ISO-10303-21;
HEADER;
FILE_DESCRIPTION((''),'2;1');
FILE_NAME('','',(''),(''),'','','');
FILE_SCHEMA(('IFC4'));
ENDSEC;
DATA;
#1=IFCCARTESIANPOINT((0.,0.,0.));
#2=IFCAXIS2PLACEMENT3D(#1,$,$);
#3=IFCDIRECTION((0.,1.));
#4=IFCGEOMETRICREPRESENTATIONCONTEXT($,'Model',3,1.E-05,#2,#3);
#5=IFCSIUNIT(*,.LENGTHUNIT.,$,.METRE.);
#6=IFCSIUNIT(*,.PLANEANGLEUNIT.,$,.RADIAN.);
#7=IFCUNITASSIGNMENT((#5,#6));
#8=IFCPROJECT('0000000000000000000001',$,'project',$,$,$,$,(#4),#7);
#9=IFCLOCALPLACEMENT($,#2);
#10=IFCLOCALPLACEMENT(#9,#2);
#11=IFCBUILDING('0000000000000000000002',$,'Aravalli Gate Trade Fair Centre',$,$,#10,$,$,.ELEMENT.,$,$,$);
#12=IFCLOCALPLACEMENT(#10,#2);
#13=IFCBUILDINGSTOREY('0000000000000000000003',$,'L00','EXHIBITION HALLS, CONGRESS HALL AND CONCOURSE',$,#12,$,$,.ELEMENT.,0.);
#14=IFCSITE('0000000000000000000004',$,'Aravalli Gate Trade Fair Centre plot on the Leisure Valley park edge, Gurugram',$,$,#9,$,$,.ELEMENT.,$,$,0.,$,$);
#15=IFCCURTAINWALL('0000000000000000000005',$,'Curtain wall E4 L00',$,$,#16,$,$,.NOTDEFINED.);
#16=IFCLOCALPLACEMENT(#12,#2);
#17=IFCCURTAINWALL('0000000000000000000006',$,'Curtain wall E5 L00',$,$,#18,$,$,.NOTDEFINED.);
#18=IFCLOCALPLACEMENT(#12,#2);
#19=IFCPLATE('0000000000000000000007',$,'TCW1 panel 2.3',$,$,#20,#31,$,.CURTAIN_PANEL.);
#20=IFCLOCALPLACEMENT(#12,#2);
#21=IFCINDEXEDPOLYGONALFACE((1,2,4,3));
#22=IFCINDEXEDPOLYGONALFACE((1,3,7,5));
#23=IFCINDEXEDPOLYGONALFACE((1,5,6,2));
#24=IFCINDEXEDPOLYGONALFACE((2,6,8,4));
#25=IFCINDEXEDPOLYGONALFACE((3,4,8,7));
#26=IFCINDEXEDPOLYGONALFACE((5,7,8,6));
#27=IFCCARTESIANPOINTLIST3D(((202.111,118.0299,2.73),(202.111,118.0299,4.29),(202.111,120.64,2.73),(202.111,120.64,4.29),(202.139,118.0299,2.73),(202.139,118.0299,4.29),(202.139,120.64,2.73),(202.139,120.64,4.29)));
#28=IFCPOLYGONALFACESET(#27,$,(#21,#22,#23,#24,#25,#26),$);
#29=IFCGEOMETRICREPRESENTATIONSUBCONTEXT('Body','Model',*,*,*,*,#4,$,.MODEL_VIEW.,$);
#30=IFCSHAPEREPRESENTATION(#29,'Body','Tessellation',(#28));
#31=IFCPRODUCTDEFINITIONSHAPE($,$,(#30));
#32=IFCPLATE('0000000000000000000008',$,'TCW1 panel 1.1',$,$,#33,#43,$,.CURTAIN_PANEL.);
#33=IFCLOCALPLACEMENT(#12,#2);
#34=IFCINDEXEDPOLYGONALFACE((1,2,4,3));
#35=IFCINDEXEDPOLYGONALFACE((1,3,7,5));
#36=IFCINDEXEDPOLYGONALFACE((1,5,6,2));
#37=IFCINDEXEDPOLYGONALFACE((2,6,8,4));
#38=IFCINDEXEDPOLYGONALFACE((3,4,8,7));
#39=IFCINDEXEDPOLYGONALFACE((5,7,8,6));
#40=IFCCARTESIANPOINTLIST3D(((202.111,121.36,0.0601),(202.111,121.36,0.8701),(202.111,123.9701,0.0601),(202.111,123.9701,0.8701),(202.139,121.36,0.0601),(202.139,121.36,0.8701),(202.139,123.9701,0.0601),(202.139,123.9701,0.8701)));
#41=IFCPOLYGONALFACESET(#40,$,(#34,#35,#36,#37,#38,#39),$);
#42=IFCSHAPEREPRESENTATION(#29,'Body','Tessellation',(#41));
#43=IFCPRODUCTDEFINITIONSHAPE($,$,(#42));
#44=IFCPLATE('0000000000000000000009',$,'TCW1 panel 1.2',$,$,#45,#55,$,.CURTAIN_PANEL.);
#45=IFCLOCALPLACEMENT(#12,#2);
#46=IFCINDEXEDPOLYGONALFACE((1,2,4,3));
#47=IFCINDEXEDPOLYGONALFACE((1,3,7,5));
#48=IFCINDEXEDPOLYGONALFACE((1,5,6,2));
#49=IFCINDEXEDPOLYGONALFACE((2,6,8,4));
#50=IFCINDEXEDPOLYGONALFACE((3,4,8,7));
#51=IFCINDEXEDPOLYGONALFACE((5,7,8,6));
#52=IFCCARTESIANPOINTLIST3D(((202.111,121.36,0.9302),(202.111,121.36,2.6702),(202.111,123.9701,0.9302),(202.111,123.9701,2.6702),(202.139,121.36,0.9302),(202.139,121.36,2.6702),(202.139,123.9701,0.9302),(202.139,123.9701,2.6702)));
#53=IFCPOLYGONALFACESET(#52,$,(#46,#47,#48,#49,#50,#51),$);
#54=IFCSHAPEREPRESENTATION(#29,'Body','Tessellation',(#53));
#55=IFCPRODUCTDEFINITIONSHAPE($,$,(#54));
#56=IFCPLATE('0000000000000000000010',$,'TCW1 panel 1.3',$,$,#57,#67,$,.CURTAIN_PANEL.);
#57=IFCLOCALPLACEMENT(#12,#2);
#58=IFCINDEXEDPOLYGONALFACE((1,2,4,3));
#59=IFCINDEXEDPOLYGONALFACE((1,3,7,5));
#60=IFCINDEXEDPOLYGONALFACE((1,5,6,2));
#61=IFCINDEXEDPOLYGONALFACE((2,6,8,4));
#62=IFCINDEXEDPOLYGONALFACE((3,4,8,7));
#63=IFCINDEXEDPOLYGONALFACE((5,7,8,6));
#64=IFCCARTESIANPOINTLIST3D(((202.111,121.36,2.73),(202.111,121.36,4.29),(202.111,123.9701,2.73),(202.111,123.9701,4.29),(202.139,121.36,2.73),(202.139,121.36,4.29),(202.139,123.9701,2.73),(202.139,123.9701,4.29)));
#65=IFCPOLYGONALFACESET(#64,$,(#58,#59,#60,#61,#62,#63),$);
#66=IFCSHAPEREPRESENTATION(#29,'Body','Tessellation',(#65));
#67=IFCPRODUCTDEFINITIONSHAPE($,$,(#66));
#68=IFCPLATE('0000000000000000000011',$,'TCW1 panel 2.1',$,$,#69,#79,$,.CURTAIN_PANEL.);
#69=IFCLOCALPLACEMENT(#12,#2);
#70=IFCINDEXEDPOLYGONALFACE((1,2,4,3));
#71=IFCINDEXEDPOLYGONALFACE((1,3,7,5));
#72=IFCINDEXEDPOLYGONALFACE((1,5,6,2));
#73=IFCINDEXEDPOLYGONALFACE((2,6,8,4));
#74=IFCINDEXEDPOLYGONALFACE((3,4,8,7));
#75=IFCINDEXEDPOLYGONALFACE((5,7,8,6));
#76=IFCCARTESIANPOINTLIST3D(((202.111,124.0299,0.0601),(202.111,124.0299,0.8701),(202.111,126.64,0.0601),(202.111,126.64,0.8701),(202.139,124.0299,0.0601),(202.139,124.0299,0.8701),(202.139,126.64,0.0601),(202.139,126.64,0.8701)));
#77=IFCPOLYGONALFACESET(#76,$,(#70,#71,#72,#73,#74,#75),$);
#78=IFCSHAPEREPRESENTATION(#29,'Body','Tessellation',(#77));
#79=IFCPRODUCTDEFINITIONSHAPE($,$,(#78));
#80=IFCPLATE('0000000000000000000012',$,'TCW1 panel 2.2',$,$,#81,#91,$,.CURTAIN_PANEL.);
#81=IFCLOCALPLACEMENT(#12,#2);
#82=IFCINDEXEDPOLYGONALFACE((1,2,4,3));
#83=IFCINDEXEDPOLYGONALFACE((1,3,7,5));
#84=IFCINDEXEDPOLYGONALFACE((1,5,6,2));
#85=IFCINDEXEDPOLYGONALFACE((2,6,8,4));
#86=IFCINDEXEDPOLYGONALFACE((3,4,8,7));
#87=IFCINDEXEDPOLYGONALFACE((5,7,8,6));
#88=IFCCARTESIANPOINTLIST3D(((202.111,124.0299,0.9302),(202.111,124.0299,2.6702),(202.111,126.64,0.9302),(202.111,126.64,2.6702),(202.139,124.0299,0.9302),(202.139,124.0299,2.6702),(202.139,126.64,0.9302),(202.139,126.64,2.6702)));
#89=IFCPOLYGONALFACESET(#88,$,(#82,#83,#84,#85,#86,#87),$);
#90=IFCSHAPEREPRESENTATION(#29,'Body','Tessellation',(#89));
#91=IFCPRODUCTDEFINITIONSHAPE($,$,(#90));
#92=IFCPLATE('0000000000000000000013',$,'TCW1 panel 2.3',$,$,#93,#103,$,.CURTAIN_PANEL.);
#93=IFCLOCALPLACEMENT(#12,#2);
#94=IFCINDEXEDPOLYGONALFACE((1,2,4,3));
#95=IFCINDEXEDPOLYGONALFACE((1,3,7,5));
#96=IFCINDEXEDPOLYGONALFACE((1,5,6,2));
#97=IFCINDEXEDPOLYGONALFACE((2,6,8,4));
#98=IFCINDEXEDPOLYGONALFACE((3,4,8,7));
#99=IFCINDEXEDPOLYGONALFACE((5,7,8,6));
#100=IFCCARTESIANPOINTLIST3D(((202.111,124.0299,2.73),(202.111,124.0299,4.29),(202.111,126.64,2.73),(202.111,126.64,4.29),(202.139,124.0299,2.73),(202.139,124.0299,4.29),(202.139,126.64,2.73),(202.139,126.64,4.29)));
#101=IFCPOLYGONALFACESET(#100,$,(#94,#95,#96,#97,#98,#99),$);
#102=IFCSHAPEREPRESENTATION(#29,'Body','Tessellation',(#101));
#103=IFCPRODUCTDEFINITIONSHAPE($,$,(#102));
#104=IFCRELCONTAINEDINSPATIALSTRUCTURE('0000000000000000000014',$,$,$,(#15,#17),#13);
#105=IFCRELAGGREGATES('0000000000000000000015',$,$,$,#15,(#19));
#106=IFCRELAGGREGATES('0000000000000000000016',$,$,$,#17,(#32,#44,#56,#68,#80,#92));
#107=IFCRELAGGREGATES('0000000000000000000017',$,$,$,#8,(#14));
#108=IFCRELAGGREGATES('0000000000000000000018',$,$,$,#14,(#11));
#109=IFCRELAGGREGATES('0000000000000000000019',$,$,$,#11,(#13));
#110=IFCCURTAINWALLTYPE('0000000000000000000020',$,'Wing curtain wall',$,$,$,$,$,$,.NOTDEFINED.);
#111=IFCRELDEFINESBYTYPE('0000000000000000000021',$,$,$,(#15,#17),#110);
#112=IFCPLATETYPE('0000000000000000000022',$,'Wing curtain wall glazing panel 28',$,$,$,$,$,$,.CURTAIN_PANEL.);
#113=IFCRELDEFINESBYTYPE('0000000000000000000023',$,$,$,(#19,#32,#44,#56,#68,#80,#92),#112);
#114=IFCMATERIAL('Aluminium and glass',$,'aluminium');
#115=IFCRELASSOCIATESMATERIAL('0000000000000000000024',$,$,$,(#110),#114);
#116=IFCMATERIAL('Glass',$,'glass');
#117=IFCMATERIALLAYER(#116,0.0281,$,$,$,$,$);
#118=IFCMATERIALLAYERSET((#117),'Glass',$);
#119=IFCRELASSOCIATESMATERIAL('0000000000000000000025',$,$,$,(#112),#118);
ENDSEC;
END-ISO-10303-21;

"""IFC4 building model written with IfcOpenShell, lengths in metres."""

from ifc_helpers import new_model, si_unit, direction, frame, origin, origin_2d, place, context, subcontext, project, spatial, rectangle, extrude, material, layer, layer_set, type_object, element, aggregate, save


model = new_model("IFC4")

# Units and contexts
model_context = context("Model", 3, precision=1e-05, world=origin(), true_north=direction((0.0, 1.0)))
body_context = subcontext(model_context, "Body", "Model", "MODEL_VIEW")
ifc_project = project(units=[si_unit("LENGTHUNIT", "METRE"), si_unit("PLANEANGLEUNIT", "RADIAN")], contexts=[model_context])

# Site, building, storey
site_placement = place(None, origin())
site = spatial("IfcSite", under=ifc_project, at=site_placement, Name="Aravalli Gate Trade Fair Centre plot on the Leisure Valley park edge, Gurugram", CompositionType="ELEMENT", RefElevation=0.0)
building_placement = place(site_placement, origin())
building = spatial("IfcBuilding", under=site, at=building_placement, Name="Aravalli Gate Trade Fair Centre", CompositionType="ELEMENT")
storey_placement = place(building_placement, origin())
storey = spatial("IfcBuildingStorey", under=building, at=storey_placement, Name="L00", Description="EXHIBITION HALLS, CONGRESS HALL AND CONCOURSE", CompositionType="ELEMENT", Elevation=0.0)

# Curtain wall
ifc_material_1 = material(Name="Aluminium and glass", Category="aluminium")
curtain_wall_type = type_object("IfcCurtainWallType", Name="Wing curtain wall", PredefinedType="NOTDEFINED", material=ifc_material_1)
curtain_wall_1_placement = place(storey_placement, origin())
curtain_wall_1 = element("IfcCurtainWall", 1, at=curtain_wall_1_placement, inside=storey, type_object=curtain_wall_type, Name="Curtain wall E4 L00", PredefinedType="NOTDEFINED")

# Curtain wall
curtain_wall_2_placement = place(storey_placement, origin())
curtain_wall_2 = element("IfcCurtainWall", 2, at=curtain_wall_2_placement, inside=storey, type_object=curtain_wall_type, Name="Curtain wall E5 L00", PredefinedType="NOTDEFINED")

# Plates
ifc_material_2 = material(Name="Glass", Category="glass")
ifc_layer = layer(ifc_material_2, 0.0281)
ifc_layer_set = layer_set([ifc_layer], Name="Glass")
plate_type = type_object("IfcPlateType", Name="Wing curtain wall glazing panel 28", PredefinedType="CURTAIN_PANEL", material=ifc_layer_set)
plate_1_placement = place(storey_placement, frame((202.125, 119.335, 2.73), z_axis=(0.0, 0.0, 1.0), x_axis=(0.0, 1.0, 0.0)))
plate_1 = element("IfcPlate", 3, at=plate_1_placement, type_object=plate_type, Name="TCW1 panel 2.3", PredefinedType="CURTAIN_PANEL", context=body_context, shape_type="SweptSolid", body=[
    extrude(rectangle(XDim=2.6101, YDim=0.0281, at=origin_2d()), origin(), (0.0, 0.0, 1.0), 1.5601),
])
aggregate(curtain_wall_1, [plate_1])
plate_2_placement = place(storey_placement, frame((202.125, 122.665, 0.0601), z_axis=(0.0, 0.0, 1.0), x_axis=(0.0, 1.0, 0.0)))
plate_2 = element("IfcPlate", 4, at=plate_2_placement, type_object=plate_type, Name="TCW1 panel 1.1", PredefinedType="CURTAIN_PANEL", context=body_context, shape_type="SweptSolid", body=[
    extrude(rectangle(XDim=2.6101, YDim=0.0281, at=origin_2d()), origin(), (0.0, 0.0, 1.0), 0.8101),
])
plate_3_placement = place(storey_placement, frame((202.125, 122.665, 0.9302), z_axis=(0.0, 0.0, 1.0), x_axis=(0.0, 1.0, 0.0)))
plate_3 = element("IfcPlate", 5, at=plate_3_placement, type_object=plate_type, Name="TCW1 panel 1.2", PredefinedType="CURTAIN_PANEL", context=body_context, shape_type="SweptSolid", body=[
    extrude(rectangle(XDim=2.6101, YDim=0.0281, at=origin_2d()), origin(), (0.0, 0.0, 1.0), 1.74),
])
plate_4_placement = place(storey_placement, frame((202.125, 122.665, 2.73), z_axis=(0.0, 0.0, 1.0), x_axis=(0.0, 1.0, 0.0)))
plate_4 = element("IfcPlate", 6, at=plate_4_placement, type_object=plate_type, Name="TCW1 panel 1.3", PredefinedType="CURTAIN_PANEL", context=body_context, shape_type="SweptSolid", body=[
    extrude(rectangle(XDim=2.6101, YDim=0.0281, at=origin_2d()), origin(), (0.0, 0.0, 1.0), 1.5601),
])
plate_5_placement = place(storey_placement, frame((202.125, 125.335, 0.0601), z_axis=(0.0, 0.0, 1.0), x_axis=(0.0, 1.0, 0.0)))
plate_5 = element("IfcPlate", 7, at=plate_5_placement, type_object=plate_type, Name="TCW1 panel 2.1", PredefinedType="CURTAIN_PANEL", context=body_context, shape_type="SweptSolid", body=[
    extrude(rectangle(XDim=2.6101, YDim=0.0281, at=origin_2d()), origin(), (0.0, 0.0, 1.0), 0.8101),
])
plate_6_placement = place(storey_placement, frame((202.125, 125.335, 0.9302), z_axis=(0.0, 0.0, 1.0), x_axis=(0.0, 1.0, 0.0)))
plate_6 = element("IfcPlate", 8, at=plate_6_placement, type_object=plate_type, Name="TCW1 panel 2.2", PredefinedType="CURTAIN_PANEL", context=body_context, shape_type="SweptSolid", body=[
    extrude(rectangle(XDim=2.6101, YDim=0.0281, at=origin_2d()), origin(), (0.0, 0.0, 1.0), 1.74),
])
plate_7_placement = place(storey_placement, frame((202.125, 125.335, 2.73), z_axis=(0.0, 0.0, 1.0), x_axis=(0.0, 1.0, 0.0)))
plate_7 = element("IfcPlate", 9, at=plate_7_placement, type_object=plate_type, Name="TCW1 panel 2.3", PredefinedType="CURTAIN_PANEL", context=body_context, shape_type="SweptSolid", body=[
    extrude(rectangle(XDim=2.6101, YDim=0.0281, at=origin_2d()), origin(), (0.0, 0.0, 1.0), 1.5601),
])
aggregate(curtain_wall_2, [plate_2, plate_3, plate_4, plate_5, plate_6, plate_7])

save(model, "model.ifc")
